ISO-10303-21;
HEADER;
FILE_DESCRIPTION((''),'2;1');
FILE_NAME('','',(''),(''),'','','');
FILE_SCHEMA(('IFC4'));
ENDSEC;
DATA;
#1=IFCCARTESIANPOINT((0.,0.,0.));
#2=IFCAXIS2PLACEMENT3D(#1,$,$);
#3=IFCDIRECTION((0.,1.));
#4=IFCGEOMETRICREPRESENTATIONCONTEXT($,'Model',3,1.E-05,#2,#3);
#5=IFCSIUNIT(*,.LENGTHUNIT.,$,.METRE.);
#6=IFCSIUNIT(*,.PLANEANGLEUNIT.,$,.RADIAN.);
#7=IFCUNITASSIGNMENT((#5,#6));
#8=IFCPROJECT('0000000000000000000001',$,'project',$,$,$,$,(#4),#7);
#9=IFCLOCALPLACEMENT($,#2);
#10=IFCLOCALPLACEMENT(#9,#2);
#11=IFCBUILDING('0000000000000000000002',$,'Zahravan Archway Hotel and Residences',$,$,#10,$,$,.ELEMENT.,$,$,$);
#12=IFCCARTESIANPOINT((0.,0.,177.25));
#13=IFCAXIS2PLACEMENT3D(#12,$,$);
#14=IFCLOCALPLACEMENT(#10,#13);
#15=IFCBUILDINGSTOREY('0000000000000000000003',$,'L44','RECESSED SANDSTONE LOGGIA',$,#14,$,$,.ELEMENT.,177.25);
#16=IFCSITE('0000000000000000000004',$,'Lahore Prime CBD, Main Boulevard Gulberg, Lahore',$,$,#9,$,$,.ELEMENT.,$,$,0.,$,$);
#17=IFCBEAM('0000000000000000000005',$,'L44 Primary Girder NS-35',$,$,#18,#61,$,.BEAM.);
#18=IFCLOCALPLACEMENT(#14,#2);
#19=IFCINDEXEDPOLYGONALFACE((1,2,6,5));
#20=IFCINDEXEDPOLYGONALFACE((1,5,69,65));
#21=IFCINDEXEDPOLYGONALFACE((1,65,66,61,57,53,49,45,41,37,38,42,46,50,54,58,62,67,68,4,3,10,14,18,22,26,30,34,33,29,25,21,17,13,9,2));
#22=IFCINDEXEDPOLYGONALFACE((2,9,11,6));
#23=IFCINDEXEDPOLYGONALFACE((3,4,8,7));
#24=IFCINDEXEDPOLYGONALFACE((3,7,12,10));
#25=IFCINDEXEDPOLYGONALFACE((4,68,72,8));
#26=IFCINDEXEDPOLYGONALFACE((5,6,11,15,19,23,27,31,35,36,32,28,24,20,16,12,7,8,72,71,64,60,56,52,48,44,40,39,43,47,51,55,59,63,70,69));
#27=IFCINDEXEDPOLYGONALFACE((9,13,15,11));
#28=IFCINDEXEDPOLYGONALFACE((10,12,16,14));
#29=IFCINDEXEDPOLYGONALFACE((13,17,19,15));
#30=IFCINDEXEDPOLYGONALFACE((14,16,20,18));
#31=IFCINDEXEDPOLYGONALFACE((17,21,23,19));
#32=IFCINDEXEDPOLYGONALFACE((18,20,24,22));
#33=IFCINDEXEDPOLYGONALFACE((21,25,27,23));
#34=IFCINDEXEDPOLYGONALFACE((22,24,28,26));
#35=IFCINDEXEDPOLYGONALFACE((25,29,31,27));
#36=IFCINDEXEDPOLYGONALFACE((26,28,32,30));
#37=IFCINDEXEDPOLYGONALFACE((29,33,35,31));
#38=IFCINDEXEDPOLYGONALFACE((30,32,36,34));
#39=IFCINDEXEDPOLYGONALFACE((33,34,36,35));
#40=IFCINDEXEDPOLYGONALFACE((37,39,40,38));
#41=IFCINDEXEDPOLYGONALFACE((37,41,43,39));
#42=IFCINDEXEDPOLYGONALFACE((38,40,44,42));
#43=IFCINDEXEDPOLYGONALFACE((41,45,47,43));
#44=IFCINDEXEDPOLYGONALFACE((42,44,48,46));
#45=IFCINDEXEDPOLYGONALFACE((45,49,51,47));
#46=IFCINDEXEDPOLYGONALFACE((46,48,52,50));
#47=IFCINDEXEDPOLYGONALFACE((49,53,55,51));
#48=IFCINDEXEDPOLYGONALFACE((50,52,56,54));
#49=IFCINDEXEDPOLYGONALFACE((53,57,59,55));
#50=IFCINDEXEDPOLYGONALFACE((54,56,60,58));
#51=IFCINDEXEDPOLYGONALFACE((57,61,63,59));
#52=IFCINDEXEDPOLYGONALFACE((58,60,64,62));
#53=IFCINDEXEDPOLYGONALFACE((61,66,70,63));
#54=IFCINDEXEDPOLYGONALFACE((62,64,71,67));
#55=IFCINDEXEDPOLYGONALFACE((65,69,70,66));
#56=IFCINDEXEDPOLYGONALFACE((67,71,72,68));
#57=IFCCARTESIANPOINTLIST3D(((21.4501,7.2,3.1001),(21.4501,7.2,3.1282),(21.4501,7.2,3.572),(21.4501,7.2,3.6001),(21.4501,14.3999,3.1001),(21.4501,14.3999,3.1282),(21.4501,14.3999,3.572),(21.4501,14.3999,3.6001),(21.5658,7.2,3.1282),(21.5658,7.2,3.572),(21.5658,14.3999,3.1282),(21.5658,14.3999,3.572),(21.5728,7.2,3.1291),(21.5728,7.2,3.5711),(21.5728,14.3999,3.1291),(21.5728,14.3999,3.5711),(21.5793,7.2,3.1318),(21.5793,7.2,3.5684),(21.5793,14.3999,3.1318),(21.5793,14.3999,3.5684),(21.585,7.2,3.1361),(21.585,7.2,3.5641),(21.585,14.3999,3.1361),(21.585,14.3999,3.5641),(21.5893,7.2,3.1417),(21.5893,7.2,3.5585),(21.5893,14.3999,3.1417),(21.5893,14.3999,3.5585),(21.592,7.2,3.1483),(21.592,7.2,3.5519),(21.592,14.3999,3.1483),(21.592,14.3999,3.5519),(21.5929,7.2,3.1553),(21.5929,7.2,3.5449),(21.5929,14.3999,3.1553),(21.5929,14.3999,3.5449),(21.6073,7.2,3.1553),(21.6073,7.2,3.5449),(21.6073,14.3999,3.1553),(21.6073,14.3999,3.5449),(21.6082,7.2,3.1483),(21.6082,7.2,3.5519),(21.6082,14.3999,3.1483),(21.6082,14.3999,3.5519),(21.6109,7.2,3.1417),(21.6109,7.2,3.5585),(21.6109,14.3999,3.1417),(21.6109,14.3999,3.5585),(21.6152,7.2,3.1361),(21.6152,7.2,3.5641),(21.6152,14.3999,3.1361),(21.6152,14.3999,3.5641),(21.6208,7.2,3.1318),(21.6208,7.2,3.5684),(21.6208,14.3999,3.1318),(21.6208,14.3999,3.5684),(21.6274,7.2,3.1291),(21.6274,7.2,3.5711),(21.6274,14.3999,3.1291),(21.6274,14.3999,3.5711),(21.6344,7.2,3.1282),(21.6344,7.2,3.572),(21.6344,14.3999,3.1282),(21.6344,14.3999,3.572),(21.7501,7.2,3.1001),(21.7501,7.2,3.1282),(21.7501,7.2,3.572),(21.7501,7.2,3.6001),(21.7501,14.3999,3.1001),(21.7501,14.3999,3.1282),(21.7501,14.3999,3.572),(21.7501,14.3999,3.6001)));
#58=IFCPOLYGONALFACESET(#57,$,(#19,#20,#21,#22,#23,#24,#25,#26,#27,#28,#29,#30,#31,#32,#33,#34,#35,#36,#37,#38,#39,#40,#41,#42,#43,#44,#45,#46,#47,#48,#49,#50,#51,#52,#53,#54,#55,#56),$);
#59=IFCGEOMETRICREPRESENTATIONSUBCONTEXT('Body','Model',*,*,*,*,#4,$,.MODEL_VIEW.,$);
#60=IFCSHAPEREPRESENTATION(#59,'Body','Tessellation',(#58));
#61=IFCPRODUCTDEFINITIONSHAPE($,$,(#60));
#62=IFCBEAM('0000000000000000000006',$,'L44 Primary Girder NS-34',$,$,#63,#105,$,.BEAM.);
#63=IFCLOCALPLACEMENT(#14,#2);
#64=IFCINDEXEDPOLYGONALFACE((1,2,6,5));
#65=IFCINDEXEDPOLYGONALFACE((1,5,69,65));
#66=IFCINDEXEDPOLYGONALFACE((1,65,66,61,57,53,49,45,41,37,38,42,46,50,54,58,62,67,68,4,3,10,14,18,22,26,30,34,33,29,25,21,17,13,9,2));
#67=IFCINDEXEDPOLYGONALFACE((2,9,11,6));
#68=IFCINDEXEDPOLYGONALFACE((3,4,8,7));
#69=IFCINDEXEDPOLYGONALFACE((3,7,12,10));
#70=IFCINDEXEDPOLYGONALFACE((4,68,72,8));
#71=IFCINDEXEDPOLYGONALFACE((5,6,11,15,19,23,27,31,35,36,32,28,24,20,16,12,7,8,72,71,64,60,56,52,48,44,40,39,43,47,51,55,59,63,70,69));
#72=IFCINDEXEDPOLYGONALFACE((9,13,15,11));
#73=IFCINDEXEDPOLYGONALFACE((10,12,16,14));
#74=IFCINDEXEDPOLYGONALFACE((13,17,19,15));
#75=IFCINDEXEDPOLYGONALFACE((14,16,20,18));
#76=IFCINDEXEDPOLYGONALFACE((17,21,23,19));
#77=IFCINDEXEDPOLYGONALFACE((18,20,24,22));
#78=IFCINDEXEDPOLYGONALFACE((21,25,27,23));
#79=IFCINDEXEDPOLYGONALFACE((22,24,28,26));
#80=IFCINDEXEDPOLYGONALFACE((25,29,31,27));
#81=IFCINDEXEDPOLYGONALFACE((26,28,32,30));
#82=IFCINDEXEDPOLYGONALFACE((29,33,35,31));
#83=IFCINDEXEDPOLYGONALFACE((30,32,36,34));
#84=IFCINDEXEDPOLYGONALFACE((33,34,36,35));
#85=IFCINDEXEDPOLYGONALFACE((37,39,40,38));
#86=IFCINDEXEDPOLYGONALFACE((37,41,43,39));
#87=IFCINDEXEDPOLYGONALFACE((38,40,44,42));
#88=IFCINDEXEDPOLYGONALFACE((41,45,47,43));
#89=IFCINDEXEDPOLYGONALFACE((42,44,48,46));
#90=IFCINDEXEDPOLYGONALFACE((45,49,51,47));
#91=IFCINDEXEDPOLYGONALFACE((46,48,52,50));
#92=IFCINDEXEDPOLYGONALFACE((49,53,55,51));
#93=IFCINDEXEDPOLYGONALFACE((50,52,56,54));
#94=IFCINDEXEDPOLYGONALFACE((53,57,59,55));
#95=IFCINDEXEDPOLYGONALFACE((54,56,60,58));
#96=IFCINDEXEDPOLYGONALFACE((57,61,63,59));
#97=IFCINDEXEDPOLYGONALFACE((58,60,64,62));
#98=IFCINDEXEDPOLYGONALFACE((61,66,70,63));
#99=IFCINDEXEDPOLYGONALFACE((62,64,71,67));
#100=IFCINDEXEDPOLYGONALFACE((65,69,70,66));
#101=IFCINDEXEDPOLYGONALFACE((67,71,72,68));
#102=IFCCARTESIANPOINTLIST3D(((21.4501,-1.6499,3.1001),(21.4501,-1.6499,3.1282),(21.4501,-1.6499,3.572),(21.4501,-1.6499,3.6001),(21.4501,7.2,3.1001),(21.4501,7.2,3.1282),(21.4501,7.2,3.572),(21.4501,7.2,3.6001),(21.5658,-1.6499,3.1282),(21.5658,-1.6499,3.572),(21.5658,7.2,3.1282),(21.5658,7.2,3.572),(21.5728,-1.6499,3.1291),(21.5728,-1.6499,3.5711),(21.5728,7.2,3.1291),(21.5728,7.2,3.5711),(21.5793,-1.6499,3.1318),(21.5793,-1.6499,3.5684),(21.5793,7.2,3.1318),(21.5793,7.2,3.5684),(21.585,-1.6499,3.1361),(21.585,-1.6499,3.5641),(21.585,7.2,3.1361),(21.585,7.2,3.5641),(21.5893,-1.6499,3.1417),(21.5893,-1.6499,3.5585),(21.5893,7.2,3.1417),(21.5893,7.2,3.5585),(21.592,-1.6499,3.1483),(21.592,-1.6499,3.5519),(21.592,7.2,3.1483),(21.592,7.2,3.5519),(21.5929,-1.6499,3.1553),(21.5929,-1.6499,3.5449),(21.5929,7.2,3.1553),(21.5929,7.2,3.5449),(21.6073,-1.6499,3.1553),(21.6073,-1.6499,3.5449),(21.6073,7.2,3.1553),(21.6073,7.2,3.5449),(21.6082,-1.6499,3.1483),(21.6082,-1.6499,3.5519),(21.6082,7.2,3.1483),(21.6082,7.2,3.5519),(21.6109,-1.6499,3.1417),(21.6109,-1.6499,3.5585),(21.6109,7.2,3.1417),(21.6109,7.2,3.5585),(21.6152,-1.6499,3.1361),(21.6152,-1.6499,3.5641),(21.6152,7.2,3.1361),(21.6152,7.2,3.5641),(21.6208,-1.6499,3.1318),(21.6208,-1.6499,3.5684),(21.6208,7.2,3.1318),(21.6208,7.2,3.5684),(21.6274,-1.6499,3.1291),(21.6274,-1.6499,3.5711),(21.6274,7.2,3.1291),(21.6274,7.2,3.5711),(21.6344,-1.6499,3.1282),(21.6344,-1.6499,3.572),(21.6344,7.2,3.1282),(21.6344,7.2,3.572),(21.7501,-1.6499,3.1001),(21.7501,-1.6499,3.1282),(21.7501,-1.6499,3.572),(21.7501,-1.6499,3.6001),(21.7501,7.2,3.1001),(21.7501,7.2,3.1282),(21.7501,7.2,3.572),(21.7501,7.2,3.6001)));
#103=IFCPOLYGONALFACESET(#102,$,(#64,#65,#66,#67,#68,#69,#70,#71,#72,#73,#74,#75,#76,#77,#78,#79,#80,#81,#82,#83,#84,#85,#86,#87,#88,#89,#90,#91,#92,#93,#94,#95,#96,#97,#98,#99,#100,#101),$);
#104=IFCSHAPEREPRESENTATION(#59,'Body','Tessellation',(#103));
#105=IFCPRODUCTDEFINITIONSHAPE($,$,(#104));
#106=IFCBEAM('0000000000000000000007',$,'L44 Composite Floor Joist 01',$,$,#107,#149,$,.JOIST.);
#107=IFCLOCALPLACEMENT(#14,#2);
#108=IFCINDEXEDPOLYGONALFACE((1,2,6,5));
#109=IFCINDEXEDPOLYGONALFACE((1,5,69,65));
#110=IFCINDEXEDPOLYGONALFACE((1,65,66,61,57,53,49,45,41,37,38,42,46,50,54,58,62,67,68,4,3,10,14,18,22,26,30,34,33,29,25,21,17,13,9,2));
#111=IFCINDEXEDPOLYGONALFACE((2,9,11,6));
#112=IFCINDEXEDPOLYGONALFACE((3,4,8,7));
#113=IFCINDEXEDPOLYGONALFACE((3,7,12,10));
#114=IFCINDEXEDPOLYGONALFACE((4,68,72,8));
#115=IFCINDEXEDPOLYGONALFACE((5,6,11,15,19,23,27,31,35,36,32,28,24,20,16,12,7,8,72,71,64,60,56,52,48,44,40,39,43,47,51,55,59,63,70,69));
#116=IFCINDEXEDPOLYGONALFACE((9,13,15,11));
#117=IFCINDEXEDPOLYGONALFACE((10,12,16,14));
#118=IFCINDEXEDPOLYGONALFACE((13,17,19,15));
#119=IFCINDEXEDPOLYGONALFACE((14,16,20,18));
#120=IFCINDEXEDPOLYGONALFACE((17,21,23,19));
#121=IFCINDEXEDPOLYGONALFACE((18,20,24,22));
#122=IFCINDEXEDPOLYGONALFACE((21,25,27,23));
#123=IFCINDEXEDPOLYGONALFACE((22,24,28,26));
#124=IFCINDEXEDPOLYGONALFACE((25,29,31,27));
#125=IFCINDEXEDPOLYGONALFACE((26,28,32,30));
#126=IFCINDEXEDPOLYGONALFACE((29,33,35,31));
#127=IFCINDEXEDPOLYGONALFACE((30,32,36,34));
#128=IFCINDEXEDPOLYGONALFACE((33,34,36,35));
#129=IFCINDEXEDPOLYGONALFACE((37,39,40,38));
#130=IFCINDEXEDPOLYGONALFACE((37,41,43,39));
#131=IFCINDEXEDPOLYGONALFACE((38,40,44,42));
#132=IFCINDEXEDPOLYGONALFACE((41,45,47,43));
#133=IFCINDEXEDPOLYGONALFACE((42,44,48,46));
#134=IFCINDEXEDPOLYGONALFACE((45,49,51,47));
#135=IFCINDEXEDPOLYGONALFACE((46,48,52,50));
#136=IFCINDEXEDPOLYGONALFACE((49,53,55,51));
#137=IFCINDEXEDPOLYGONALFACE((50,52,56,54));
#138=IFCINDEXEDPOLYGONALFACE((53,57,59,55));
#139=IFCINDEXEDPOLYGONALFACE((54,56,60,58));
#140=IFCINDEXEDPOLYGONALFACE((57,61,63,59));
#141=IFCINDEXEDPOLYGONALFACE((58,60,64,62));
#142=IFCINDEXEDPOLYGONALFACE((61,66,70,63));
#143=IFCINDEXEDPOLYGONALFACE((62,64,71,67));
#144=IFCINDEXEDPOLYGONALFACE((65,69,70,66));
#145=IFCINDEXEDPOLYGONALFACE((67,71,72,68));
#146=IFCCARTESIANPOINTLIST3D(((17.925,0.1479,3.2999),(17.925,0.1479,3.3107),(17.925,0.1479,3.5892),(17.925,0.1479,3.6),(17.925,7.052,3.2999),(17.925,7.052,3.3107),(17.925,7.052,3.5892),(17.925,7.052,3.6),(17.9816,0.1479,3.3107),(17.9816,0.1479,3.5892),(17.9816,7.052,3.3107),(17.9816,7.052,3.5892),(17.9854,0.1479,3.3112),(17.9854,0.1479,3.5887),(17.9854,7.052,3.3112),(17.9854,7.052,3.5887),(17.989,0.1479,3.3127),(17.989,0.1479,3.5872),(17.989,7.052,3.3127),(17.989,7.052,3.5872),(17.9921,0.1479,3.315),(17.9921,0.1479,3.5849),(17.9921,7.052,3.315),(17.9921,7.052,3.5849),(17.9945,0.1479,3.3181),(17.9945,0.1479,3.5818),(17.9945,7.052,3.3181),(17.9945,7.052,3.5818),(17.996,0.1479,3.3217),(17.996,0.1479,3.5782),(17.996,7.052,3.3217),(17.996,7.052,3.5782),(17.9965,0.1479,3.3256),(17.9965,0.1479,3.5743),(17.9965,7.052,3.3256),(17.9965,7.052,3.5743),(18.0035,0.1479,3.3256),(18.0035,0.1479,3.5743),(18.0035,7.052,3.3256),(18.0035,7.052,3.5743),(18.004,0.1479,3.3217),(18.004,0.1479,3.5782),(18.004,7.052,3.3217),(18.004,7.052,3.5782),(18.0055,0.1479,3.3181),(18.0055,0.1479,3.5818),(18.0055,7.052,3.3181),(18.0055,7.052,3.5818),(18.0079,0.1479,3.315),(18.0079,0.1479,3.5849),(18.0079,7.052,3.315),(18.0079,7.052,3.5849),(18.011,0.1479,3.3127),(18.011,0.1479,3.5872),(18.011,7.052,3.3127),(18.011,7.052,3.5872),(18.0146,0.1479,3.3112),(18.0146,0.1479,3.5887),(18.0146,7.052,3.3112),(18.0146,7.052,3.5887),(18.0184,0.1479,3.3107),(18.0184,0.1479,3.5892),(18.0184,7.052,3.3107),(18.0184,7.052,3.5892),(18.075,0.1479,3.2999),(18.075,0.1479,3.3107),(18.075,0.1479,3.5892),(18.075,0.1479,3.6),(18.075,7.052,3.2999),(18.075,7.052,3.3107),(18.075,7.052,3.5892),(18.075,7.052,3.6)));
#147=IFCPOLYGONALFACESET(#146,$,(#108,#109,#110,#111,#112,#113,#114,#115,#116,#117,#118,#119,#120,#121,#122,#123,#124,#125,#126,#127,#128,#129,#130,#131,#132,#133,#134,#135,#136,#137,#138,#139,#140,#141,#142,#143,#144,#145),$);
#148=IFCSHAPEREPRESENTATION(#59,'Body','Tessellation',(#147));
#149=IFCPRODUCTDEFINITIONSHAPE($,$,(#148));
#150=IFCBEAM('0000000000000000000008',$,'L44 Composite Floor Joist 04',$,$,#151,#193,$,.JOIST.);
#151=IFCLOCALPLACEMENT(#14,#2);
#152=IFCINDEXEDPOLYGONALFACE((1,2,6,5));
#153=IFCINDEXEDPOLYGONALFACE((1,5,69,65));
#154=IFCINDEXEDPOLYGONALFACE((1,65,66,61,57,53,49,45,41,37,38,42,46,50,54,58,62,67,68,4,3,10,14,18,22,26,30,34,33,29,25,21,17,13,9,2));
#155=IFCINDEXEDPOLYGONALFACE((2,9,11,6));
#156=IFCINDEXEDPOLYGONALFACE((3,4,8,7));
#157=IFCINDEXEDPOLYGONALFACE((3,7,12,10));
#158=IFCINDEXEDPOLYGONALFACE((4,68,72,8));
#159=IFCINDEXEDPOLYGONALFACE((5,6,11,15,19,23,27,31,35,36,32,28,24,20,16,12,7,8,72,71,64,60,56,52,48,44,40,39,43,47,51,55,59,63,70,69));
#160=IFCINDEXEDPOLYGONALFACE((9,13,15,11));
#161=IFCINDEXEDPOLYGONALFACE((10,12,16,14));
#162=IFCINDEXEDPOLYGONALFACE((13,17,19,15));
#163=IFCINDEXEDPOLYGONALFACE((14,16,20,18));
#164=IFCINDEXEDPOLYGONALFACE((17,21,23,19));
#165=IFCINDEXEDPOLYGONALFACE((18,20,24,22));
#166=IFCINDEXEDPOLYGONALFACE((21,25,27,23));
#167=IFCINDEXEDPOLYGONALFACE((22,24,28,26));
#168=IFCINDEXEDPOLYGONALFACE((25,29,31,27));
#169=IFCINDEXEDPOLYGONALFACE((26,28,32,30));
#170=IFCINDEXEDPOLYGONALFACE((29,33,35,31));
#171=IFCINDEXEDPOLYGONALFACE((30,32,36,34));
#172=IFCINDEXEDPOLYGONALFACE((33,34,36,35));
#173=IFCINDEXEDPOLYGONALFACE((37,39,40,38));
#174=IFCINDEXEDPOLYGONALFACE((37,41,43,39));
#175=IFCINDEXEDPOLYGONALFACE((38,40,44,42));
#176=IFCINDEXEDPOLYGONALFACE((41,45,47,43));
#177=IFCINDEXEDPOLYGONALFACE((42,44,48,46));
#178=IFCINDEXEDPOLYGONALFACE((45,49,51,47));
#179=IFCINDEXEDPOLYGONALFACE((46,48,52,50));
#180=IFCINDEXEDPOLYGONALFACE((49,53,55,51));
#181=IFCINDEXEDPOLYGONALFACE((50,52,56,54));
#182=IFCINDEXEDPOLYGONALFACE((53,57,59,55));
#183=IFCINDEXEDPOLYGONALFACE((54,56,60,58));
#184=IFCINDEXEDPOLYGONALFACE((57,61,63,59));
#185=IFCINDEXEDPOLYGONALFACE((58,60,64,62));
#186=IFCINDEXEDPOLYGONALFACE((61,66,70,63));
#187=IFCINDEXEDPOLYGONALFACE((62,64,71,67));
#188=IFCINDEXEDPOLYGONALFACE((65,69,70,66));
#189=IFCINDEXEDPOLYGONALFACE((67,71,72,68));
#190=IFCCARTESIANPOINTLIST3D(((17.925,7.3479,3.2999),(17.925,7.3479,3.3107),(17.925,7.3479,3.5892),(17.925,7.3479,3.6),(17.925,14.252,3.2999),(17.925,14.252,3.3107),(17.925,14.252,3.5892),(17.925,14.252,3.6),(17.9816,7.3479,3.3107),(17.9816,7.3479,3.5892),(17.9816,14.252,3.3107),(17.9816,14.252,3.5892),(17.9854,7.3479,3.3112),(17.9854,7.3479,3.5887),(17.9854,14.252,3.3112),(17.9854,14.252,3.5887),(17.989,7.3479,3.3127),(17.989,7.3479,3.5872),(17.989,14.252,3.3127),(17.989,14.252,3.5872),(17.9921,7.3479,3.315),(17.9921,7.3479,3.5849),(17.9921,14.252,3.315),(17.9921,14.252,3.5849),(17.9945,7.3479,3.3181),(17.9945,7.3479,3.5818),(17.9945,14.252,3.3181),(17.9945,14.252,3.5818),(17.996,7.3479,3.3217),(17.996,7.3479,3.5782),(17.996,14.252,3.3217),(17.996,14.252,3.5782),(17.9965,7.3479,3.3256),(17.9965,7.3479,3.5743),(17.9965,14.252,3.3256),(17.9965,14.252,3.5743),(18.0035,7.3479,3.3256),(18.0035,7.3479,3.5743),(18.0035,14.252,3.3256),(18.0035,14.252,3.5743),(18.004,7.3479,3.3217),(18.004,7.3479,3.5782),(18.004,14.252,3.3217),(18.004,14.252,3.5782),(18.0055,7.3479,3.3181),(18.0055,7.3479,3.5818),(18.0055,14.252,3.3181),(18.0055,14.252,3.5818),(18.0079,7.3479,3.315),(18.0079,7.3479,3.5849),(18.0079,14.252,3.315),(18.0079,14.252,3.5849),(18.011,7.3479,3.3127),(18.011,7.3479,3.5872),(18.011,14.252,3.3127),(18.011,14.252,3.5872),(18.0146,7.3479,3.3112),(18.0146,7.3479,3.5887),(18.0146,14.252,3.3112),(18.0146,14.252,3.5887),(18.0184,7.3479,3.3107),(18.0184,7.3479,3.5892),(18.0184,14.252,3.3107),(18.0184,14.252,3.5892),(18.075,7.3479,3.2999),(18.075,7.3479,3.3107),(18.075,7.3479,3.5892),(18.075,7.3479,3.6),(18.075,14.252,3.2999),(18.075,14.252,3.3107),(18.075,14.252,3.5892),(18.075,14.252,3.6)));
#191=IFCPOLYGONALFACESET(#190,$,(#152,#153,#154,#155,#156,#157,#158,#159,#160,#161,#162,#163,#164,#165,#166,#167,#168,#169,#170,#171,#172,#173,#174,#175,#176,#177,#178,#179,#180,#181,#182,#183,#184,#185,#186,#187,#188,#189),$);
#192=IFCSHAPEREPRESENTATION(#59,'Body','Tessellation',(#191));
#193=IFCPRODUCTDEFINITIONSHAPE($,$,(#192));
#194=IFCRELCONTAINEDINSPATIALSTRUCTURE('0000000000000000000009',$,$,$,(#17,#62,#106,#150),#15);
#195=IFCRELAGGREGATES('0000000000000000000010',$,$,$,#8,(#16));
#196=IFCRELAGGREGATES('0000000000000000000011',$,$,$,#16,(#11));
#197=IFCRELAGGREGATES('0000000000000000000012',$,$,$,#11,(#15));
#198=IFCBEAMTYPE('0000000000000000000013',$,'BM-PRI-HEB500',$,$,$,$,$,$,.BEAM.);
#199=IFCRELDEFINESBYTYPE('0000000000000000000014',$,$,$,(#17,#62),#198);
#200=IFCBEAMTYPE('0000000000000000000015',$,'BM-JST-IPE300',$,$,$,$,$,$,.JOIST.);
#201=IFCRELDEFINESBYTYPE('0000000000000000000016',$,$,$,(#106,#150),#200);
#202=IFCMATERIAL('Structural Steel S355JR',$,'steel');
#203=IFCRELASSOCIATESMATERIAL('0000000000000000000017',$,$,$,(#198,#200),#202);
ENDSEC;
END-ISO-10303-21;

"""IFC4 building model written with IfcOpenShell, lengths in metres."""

from ifc_helpers import new_model, si_unit, direction, frame, origin, origin_2d, place, context, subcontext, project, spatial, i_section, extrude, source, transform, mapped, material, material_profile, profile_set, type_object, type_shapes, element, save


model = new_model("IFC4")

# Units and contexts
model_context = context("Model", 3, precision=1e-05, world=origin(), true_north=direction((0.0, 1.0)))
body_context = subcontext(model_context, "Body", "Model", "MODEL_VIEW")
ifc_project = project(units=[si_unit("LENGTHUNIT", "METRE"), si_unit("PLANEANGLEUNIT", "RADIAN")], contexts=[model_context])

# Site, building, storey
site_placement = place(None, origin())
site = spatial("IfcSite", under=ifc_project, at=site_placement, Name="Lahore Prime CBD, Main Boulevard Gulberg, Lahore", CompositionType="ELEMENT", RefElevation=0.0)
building_placement = place(site_placement, origin())
building = spatial("IfcBuilding", under=site, at=building_placement, Name="Zahravan Archway Hotel and Residences", CompositionType="ELEMENT")
storey_placement = place(building_placement, frame((0.0, 0.0, 177.25)))
storey = spatial("IfcBuildingStorey", under=building, at=storey_placement, Name="L44", Description="RECESSED SANDSTONE LOGGIA", CompositionType="ELEMENT", Elevation=177.25)

# Beams
ifc_material_1 = material(Name="Structural Steel S355JR", Category="steel")
ifc_material_profile_1 = material_profile(ifc_material_1, i_section(OverallWidth=0.3, OverallDepth=0.5, WebThickness=0.0144, FlangeThickness=0.0281, FilletRadius=0.0271, at=origin_2d()), Name="HEB 500", Category="steel")
ifc_profile_set_1 = profile_set([ifc_material_profile_1], Name="Structural Steel S355JR")
beam_type_1 = type_object("IfcBeamType", Name="BM-PRI-HEB500", PredefinedType="BEAM", material=ifc_profile_set_1)
shared_shape_1 = source(origin(), body_context, "Body", "SweptSolid", [
    extrude(i_section(OverallWidth=0.3, OverallDepth=0.5, WebThickness=0.0144, FlangeThickness=0.0281, FilletRadius=0.0271, at=origin_2d()), origin(), (0.0, 0.0, 1.0), 7.2),
])
for number, where, z_axis, x_axis, name in (
    (1, (21.6001, 7.2, 3.3501), (0.0, 1.0, 0.0), (-1.0, 0.0, 0.0), "L44 Primary Girder NS-35"),
):
    element("IfcBeam", number, at=place(storey_placement, frame(where, z_axis=z_axis, x_axis=x_axis)), inside=storey, type_object=beam_type_1, Name=name, PredefinedType="BEAM", context=body_context, shape_type="MappedRepresentation", body=[
        mapped(shared_shape_1, transform((0.0, 0.0, 0.0), scale=1.0)),
    ])
shared_shape_2 = source(origin(), body_context, "Body", "SweptSolid", [
    extrude(i_section(OverallWidth=0.3, OverallDepth=0.5, WebThickness=0.0144, FlangeThickness=0.0281, FilletRadius=0.0271, at=origin_2d()), origin(), (0.0, 0.0, 1.0), 8.8499),
])
beam_1_placement = place(storey_placement, frame((21.6001, -1.6499, 3.3501), z_axis=(0.0, 1.0, 0.0), x_axis=(-1.0, 0.0, 0.0)))
element("IfcBeam", 2, at=beam_1_placement, inside=storey, type_object=beam_type_1, Name="L44 Primary Girder NS-34", PredefinedType="BEAM", context=body_context, shape_type="MappedRepresentation", body=[
    mapped(shared_shape_2, transform((0.0, 0.0, 0.0), scale=1.0)),
])
ifc_material_profile_2 = material_profile(ifc_material_1, i_section(OverallWidth=0.1499, OverallDepth=0.3, WebThickness=0.0071, FlangeThickness=0.0107, FilletRadius=0.0149, at=origin_2d()), Name="IPE 300", Category="steel")
ifc_profile_set_2 = profile_set([ifc_material_profile_2], Name="Structural Steel S355JR")
beam_type_2 = type_object("IfcBeamType", Name="BM-JST-IPE300", PredefinedType="JOIST", material=ifc_profile_set_2)
shared_shape_3 = source(origin(), body_context, "Body", "SweptSolid", [
    extrude(i_section(OverallWidth=0.1499, OverallDepth=0.3, WebThickness=0.0071, FlangeThickness=0.0107, FilletRadius=0.0149, at=origin_2d()), origin(), (0.0, 0.0, 1.0), 6.9041),
])
type_shapes(beam_type_2, [shared_shape_3])
for number, where, z_axis, x_axis, name in (
    (3, (18.0, 0.1479, 3.45), (0.0, 1.0, 0.0), (-1.0, 0.0, 0.0), "L44 Composite Floor Joist 01"),
    (4, (18.0, 7.3479, 3.45), (0.0, 1.0, 0.0), (-1.0, 0.0, 0.0), "L44 Composite Floor Joist 04"),
):
    element("IfcBeam", number, at=place(storey_placement, frame(where, z_axis=z_axis, x_axis=x_axis)), inside=storey, type_object=beam_type_2, Name=name, PredefinedType="JOIST", context=body_context, shape_type="MappedRepresentation", body=[
        mapped(shared_shape_3, transform((0.0, 0.0, 0.0), scale=1.0)),
    ])

save(model, "model.ifc")
